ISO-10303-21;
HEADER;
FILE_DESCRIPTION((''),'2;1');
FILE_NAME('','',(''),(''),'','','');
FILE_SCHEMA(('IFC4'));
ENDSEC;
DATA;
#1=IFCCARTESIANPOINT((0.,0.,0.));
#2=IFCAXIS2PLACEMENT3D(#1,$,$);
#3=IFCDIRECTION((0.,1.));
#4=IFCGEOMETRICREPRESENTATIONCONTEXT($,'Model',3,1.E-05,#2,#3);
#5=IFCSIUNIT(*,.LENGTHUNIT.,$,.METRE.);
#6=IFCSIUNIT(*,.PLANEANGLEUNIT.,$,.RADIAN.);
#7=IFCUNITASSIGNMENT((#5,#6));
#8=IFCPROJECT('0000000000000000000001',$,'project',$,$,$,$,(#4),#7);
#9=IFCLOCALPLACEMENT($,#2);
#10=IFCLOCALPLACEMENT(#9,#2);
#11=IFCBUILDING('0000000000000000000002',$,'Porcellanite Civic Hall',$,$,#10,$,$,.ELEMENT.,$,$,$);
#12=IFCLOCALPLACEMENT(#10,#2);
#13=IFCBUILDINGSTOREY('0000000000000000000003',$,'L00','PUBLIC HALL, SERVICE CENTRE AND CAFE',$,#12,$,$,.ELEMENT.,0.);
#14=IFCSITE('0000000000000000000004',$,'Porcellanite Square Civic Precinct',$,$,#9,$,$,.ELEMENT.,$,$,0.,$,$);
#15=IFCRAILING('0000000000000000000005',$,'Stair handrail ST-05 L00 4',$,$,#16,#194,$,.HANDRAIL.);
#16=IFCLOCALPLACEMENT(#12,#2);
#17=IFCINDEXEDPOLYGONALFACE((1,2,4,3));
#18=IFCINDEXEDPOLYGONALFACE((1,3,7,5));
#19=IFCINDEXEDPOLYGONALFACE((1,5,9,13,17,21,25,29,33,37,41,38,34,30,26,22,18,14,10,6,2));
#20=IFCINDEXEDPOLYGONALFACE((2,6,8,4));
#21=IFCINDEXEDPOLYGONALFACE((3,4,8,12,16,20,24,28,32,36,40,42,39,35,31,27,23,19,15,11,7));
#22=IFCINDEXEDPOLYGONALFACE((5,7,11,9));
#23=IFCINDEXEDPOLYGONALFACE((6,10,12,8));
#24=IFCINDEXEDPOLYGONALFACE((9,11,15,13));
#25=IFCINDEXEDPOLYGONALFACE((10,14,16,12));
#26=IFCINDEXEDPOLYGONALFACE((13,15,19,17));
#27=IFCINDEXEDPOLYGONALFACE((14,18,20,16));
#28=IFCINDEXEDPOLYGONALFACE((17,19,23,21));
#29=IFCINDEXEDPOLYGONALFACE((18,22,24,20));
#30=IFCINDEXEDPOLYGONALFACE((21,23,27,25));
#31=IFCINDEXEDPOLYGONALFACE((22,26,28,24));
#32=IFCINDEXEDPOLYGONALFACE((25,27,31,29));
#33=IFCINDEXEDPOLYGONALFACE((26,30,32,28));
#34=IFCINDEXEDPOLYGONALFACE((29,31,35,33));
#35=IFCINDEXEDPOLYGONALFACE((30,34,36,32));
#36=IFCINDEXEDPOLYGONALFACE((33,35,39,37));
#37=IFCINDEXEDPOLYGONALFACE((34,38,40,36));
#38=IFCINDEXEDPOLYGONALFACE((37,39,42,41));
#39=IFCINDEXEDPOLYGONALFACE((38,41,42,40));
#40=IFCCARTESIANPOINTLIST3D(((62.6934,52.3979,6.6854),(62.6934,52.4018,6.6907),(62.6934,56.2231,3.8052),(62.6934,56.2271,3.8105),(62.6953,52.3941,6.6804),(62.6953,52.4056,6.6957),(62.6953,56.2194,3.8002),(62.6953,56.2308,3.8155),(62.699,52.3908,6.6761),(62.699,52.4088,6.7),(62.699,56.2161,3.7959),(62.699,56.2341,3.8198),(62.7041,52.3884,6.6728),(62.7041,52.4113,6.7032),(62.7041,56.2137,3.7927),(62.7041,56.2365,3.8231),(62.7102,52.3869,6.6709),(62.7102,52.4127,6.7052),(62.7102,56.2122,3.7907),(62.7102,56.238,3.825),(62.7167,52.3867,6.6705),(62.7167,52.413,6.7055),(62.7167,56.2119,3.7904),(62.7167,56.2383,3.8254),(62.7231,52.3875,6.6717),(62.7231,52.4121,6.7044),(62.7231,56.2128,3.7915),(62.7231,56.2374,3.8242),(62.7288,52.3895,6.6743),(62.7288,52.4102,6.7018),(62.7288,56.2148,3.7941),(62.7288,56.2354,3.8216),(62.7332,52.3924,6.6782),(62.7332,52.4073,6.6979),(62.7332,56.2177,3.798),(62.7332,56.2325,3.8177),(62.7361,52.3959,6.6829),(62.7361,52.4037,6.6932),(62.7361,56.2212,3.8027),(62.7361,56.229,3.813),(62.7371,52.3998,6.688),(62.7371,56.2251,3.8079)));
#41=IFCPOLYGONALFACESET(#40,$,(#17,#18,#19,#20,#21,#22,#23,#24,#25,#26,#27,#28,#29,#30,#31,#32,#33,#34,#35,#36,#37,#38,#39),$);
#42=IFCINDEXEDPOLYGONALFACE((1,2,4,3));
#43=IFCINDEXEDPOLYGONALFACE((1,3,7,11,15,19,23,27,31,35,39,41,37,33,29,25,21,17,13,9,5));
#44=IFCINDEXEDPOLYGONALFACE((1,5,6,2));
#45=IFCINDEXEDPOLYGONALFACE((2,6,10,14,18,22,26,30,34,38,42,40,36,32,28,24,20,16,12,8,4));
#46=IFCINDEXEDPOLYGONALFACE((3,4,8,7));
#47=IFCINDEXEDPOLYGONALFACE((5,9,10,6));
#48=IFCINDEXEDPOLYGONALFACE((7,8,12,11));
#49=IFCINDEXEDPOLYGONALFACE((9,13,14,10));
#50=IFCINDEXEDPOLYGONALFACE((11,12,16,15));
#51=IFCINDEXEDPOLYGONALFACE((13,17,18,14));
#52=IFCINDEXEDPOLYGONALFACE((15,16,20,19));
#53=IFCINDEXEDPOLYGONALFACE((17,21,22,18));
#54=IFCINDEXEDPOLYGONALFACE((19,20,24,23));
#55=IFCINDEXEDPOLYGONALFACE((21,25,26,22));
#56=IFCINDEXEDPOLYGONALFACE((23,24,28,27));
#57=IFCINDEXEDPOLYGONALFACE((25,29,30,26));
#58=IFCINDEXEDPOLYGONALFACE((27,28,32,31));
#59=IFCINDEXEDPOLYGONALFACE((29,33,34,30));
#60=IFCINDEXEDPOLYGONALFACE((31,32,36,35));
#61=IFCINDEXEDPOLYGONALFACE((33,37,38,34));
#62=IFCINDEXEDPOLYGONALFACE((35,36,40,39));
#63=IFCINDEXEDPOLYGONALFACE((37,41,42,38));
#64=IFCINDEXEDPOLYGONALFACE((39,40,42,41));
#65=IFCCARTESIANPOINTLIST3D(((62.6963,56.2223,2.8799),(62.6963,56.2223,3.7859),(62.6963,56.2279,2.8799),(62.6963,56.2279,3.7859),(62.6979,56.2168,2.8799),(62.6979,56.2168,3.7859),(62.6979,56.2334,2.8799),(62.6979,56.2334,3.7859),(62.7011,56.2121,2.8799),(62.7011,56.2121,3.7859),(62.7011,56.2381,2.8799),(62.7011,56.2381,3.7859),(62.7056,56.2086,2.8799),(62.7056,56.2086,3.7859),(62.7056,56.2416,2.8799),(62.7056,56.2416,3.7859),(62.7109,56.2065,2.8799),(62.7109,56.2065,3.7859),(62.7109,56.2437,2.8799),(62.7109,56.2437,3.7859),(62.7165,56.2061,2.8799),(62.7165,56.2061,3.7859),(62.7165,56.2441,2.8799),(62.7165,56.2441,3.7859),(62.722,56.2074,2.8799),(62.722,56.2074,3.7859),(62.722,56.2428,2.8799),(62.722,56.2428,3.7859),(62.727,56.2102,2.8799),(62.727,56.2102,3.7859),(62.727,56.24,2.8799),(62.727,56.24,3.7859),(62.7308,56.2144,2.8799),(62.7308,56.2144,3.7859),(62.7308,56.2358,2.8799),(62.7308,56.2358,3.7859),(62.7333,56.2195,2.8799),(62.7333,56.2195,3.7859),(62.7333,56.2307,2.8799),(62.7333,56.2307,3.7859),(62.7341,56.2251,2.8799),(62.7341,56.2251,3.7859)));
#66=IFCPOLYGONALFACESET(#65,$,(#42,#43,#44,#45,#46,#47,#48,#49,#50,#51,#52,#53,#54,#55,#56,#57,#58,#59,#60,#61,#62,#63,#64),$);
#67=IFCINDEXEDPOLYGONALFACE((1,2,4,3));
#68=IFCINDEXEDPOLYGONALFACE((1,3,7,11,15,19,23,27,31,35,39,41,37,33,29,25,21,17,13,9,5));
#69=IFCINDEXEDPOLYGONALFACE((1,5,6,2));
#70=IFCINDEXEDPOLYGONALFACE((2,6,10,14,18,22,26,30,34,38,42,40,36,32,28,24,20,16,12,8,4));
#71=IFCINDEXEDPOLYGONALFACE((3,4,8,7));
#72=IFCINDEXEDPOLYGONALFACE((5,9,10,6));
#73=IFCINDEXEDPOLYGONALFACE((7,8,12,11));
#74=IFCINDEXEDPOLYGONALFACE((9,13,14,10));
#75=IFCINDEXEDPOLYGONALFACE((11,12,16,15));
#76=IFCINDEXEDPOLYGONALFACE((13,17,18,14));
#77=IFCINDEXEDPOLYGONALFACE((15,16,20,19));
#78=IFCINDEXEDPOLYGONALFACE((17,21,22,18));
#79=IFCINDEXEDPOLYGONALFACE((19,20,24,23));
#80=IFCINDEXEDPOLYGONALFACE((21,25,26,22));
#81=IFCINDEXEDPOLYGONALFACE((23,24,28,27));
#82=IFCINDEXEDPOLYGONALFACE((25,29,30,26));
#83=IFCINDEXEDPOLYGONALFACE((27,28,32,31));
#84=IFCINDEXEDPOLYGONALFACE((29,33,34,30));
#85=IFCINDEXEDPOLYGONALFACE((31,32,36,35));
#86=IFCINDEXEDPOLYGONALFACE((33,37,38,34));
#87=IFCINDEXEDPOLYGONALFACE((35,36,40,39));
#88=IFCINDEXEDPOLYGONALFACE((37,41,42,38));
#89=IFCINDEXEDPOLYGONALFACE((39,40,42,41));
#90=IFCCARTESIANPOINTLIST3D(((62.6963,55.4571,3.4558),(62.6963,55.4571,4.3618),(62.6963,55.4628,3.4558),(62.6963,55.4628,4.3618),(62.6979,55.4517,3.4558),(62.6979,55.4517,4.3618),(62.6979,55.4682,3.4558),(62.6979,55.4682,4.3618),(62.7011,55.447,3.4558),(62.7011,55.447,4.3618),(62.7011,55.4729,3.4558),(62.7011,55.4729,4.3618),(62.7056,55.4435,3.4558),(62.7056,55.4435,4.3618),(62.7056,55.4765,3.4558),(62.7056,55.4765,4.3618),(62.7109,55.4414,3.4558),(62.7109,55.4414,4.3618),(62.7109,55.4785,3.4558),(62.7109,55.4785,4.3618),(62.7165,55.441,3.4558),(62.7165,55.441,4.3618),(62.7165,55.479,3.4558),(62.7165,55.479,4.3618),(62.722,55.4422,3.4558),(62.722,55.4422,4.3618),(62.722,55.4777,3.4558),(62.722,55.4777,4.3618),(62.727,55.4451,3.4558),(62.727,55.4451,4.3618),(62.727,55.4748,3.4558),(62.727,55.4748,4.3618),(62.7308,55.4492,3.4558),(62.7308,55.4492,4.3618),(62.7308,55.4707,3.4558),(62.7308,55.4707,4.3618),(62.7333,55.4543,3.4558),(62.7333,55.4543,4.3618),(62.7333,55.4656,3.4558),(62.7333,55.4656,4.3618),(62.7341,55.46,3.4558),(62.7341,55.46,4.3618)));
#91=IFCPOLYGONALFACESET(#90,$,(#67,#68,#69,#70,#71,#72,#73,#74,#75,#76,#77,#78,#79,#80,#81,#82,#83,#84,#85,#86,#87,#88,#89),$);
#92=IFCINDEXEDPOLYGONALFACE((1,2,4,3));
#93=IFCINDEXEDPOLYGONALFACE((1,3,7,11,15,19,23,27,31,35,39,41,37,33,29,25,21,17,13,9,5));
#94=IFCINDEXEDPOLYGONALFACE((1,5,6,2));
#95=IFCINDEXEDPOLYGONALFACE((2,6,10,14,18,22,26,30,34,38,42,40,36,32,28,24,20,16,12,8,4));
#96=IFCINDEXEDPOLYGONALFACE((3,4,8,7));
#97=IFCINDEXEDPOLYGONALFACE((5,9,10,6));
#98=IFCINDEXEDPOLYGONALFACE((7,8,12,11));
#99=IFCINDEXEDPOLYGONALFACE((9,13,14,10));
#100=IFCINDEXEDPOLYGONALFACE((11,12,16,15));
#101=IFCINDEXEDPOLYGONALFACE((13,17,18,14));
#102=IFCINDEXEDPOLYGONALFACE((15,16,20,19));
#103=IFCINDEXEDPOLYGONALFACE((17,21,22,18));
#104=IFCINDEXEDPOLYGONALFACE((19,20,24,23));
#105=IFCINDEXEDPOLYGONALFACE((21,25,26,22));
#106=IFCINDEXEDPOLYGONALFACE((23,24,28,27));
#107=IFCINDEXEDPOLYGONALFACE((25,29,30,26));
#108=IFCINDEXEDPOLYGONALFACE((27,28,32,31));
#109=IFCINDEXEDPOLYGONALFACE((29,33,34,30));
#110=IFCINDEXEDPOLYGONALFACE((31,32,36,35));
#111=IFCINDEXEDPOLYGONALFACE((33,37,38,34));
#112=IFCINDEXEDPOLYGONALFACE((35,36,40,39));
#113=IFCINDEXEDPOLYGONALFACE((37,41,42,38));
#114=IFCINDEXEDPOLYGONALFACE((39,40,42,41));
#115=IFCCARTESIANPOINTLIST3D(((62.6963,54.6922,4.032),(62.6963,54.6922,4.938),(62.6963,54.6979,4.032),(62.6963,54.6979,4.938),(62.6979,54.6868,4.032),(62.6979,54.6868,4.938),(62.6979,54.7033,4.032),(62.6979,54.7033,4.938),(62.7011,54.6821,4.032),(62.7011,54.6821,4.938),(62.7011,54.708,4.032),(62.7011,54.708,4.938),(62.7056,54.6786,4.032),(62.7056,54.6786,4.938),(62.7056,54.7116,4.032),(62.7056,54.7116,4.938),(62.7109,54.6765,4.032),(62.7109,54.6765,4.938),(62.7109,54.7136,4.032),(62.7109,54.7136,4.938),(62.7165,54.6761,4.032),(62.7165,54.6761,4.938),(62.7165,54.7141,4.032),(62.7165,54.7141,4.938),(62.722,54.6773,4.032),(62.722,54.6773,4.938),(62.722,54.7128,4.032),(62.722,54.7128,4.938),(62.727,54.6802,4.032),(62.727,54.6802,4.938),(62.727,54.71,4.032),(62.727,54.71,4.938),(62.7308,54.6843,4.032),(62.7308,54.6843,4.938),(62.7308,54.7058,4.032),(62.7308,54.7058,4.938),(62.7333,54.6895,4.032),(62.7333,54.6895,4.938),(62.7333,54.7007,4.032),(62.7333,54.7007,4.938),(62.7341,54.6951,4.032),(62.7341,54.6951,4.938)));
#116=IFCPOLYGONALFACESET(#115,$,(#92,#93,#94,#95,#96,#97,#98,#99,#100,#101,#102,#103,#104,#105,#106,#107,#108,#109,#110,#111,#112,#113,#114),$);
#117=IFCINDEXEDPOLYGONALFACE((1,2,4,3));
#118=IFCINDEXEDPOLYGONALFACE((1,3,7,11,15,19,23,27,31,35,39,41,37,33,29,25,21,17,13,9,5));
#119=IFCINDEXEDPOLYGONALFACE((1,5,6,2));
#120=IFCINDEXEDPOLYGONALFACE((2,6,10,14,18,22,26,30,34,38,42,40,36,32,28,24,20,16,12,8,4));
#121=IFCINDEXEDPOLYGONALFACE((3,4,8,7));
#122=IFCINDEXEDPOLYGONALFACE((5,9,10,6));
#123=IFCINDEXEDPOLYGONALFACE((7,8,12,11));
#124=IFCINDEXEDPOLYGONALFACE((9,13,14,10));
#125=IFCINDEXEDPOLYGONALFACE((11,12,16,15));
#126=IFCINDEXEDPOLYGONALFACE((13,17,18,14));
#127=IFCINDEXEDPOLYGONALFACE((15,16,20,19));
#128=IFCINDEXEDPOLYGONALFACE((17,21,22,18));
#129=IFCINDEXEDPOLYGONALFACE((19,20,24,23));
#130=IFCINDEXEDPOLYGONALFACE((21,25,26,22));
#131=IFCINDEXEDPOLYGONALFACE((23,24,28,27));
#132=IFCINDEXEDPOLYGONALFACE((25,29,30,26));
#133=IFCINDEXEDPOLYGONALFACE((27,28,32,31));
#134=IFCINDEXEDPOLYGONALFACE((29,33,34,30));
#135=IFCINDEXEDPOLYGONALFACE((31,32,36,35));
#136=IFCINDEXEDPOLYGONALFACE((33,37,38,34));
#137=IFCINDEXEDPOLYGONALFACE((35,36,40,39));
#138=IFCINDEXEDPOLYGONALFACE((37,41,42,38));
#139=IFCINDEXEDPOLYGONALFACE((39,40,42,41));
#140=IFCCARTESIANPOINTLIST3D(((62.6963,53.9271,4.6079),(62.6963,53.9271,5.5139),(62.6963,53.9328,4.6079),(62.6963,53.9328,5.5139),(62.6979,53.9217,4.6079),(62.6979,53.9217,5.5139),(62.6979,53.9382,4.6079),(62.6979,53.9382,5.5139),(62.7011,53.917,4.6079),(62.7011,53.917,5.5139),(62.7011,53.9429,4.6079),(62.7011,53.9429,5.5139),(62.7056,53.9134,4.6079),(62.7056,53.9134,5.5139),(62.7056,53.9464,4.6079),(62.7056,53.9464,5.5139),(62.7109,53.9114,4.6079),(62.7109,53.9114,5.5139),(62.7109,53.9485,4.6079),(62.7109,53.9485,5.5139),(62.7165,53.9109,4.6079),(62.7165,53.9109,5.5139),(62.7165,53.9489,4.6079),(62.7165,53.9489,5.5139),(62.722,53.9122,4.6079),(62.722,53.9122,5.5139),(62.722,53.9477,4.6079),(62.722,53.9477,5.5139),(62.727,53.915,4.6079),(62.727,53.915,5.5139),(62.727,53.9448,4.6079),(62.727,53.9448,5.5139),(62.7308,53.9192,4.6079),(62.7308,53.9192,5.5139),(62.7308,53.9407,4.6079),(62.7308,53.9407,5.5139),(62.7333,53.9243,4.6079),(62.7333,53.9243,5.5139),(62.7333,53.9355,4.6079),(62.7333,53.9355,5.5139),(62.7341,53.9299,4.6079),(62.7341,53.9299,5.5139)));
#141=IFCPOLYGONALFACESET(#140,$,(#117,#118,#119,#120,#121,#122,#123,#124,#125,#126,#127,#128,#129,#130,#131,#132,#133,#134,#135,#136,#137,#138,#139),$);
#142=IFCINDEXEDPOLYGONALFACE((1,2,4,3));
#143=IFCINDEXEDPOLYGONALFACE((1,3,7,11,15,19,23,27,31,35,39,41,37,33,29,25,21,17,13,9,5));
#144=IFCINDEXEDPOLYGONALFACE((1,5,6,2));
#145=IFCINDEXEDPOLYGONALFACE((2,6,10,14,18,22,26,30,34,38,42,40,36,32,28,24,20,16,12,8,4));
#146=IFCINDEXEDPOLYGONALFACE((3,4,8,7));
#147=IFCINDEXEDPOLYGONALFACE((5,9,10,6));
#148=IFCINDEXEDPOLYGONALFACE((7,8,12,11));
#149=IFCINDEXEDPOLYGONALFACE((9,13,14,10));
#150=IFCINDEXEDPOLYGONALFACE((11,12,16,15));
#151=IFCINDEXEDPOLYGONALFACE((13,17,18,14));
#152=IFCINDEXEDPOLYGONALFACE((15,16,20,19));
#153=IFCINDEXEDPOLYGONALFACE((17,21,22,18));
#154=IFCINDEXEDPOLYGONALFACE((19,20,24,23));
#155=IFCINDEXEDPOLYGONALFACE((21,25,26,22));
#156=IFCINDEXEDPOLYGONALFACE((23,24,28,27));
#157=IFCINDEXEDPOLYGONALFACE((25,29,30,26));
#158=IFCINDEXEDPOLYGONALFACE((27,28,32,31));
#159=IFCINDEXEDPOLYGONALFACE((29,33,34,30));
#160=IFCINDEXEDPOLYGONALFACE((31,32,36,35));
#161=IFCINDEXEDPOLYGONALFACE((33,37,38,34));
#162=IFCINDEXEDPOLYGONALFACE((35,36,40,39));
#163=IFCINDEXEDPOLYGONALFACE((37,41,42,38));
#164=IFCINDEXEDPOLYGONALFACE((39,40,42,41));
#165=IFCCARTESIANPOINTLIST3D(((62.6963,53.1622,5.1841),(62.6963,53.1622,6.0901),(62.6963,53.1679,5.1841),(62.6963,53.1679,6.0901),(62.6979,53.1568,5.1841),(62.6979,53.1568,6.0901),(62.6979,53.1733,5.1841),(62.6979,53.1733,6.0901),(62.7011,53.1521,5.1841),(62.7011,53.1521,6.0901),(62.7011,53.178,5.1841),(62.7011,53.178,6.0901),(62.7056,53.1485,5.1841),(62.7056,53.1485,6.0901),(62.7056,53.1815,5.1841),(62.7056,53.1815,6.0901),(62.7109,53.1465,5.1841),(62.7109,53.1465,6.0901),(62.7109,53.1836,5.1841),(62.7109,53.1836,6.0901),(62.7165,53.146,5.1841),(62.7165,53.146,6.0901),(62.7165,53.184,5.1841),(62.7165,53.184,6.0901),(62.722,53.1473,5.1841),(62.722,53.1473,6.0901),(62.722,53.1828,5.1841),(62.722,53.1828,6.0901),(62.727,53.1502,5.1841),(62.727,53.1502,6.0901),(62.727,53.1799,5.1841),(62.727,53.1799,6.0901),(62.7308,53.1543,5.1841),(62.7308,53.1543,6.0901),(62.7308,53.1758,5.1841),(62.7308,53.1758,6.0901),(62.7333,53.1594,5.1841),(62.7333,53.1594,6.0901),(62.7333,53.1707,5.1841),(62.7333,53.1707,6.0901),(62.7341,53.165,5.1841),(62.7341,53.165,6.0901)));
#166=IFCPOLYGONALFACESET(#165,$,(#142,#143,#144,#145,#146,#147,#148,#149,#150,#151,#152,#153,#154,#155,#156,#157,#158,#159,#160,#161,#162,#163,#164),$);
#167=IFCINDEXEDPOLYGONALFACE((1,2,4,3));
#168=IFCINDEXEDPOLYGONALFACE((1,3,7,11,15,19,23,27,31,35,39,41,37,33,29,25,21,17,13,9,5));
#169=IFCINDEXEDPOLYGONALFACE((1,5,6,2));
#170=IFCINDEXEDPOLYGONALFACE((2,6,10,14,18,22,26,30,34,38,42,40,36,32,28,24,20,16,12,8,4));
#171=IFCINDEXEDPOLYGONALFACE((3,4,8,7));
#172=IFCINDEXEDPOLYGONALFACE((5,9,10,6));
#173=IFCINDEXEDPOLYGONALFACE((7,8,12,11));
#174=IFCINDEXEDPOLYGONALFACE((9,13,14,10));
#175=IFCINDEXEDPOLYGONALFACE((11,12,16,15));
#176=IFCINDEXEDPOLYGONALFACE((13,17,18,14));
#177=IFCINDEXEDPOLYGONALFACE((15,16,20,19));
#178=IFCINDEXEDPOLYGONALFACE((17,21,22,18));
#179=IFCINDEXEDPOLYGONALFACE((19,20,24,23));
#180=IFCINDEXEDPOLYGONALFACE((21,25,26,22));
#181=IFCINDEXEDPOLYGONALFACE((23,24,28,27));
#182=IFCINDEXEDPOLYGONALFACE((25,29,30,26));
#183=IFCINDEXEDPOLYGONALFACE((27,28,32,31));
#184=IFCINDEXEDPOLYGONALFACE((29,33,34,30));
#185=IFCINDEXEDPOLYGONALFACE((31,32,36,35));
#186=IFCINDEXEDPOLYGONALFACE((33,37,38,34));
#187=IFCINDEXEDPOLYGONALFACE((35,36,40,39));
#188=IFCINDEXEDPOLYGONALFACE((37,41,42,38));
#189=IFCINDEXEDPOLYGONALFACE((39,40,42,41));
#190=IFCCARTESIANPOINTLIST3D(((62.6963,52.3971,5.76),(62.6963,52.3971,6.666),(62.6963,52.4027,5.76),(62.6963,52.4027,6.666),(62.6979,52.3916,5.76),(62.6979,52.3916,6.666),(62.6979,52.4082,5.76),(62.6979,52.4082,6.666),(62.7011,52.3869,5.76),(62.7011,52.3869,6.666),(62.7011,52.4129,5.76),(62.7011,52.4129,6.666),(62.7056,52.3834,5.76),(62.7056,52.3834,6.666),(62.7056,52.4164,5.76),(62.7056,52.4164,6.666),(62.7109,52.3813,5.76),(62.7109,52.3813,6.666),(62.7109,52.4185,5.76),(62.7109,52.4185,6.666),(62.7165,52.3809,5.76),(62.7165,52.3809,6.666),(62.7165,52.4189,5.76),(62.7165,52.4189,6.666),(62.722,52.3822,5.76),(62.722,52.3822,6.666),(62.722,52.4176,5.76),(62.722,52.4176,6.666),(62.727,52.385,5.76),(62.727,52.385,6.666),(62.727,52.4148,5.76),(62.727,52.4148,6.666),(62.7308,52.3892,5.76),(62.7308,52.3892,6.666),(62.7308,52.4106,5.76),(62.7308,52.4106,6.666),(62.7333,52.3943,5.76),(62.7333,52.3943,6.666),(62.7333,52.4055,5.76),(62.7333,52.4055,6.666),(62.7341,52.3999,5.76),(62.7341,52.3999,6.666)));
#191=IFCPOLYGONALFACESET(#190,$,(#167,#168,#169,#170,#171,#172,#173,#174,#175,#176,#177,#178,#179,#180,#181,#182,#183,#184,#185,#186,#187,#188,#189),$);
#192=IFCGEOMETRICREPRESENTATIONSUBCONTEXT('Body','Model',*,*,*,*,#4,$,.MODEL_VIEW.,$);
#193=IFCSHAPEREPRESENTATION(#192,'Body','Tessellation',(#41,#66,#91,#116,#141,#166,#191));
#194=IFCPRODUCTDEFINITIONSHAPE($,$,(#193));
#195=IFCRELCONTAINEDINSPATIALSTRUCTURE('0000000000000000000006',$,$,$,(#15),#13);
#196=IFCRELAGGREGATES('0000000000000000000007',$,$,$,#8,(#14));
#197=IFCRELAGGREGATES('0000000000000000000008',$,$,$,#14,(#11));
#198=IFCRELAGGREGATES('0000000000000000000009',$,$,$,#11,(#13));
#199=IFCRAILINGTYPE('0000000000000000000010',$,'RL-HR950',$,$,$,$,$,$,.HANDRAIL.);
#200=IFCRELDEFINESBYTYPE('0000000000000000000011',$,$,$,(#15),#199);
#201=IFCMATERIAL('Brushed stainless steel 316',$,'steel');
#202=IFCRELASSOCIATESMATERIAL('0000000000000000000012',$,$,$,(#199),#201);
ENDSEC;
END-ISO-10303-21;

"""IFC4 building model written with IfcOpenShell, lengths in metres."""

from ifc_helpers import new_model, si_unit, direction, frame, origin, origin_2d, place, context, subcontext, project, spatial, circle, extrude, material, type_object, element, save


model = new_model("IFC4")

# Units and contexts
model_context = context("Model", 3, precision=1e-05, world=origin(), true_north=direction((0.0, 1.0)))
body_context = subcontext(model_context, "Body", "Model", "MODEL_VIEW")
ifc_project = project(units=[si_unit("LENGTHUNIT", "METRE"), si_unit("PLANEANGLEUNIT", "RADIAN")], contexts=[model_context])

# Site, building, storey
site_placement = place(None, origin())
site = spatial("IfcSite", under=ifc_project, at=site_placement, Name="Porcellanite Square Civic Precinct", CompositionType="ELEMENT", RefElevation=0.0)
building_placement = place(site_placement, origin())
building = spatial("IfcBuilding", under=site, at=building_placement, Name="Porcellanite Civic Hall", CompositionType="ELEMENT")
storey_placement = place(building_placement, origin())
storey = spatial("IfcBuildingStorey", under=building, at=storey_placement, Name="L00", Description="PUBLIC HALL, SERVICE CENTRE AND CAFE", CompositionType="ELEMENT", Elevation=0.0)

# Railing
ifc_material_1 = material(Name="Brushed stainless steel 316", Category="steel")
railing_type_1 = type_object("IfcRailingType", Name="RL-HR950", PredefinedType="HANDRAIL", material=ifc_material_1)
railing_1_placement = place(storey_placement, frame((62.7151, 56.2251, 2.8799)))
element("IfcRailing", 1, at=railing_1_placement, inside=storey, type_object=railing_type_1, Name="Stair handrail ST-05 L00 4", PredefinedType="HANDRAIL", context=body_context, shape_type="SweptSolid", body=[
    extrude(circle(Radius=0.022, at=origin_2d()), frame((0.0, 0.0, 0.928), z_axis=(0.0, -0.798873, 0.6015), x_axis=(1.0, 0.0, 0.0)), (0.0, 0.0, 1.0), 4.7883),
    extrude(circle(Radius=0.019, at=origin_2d()), origin(), (0.0, 0.0, 1.0), 0.906),
    extrude(circle(Radius=0.019, at=origin_2d()), frame((0.0, -0.7651, 0.5759)), (0.0, 0.0, 1.0), 0.906),
    extrude(circle(Radius=0.019, at=origin_2d()), frame((0.0, -1.53, 1.1521)), (0.0, 0.0, 1.0), 0.906),
    extrude(circle(Radius=0.019, at=origin_2d()), frame((0.0, -2.2952, 1.728)), (0.0, 0.0, 1.0), 0.906),
    extrude(circle(Radius=0.019, at=origin_2d()), frame((0.0, -3.0601, 2.3042)), (0.0, 0.0, 1.0), 0.906),
    extrude(circle(Radius=0.019, at=origin_2d()), frame((0.0, -3.8252, 2.8801)), (0.0, 0.0, 1.0), 0.906),
])

save(model, "model.ifc")
